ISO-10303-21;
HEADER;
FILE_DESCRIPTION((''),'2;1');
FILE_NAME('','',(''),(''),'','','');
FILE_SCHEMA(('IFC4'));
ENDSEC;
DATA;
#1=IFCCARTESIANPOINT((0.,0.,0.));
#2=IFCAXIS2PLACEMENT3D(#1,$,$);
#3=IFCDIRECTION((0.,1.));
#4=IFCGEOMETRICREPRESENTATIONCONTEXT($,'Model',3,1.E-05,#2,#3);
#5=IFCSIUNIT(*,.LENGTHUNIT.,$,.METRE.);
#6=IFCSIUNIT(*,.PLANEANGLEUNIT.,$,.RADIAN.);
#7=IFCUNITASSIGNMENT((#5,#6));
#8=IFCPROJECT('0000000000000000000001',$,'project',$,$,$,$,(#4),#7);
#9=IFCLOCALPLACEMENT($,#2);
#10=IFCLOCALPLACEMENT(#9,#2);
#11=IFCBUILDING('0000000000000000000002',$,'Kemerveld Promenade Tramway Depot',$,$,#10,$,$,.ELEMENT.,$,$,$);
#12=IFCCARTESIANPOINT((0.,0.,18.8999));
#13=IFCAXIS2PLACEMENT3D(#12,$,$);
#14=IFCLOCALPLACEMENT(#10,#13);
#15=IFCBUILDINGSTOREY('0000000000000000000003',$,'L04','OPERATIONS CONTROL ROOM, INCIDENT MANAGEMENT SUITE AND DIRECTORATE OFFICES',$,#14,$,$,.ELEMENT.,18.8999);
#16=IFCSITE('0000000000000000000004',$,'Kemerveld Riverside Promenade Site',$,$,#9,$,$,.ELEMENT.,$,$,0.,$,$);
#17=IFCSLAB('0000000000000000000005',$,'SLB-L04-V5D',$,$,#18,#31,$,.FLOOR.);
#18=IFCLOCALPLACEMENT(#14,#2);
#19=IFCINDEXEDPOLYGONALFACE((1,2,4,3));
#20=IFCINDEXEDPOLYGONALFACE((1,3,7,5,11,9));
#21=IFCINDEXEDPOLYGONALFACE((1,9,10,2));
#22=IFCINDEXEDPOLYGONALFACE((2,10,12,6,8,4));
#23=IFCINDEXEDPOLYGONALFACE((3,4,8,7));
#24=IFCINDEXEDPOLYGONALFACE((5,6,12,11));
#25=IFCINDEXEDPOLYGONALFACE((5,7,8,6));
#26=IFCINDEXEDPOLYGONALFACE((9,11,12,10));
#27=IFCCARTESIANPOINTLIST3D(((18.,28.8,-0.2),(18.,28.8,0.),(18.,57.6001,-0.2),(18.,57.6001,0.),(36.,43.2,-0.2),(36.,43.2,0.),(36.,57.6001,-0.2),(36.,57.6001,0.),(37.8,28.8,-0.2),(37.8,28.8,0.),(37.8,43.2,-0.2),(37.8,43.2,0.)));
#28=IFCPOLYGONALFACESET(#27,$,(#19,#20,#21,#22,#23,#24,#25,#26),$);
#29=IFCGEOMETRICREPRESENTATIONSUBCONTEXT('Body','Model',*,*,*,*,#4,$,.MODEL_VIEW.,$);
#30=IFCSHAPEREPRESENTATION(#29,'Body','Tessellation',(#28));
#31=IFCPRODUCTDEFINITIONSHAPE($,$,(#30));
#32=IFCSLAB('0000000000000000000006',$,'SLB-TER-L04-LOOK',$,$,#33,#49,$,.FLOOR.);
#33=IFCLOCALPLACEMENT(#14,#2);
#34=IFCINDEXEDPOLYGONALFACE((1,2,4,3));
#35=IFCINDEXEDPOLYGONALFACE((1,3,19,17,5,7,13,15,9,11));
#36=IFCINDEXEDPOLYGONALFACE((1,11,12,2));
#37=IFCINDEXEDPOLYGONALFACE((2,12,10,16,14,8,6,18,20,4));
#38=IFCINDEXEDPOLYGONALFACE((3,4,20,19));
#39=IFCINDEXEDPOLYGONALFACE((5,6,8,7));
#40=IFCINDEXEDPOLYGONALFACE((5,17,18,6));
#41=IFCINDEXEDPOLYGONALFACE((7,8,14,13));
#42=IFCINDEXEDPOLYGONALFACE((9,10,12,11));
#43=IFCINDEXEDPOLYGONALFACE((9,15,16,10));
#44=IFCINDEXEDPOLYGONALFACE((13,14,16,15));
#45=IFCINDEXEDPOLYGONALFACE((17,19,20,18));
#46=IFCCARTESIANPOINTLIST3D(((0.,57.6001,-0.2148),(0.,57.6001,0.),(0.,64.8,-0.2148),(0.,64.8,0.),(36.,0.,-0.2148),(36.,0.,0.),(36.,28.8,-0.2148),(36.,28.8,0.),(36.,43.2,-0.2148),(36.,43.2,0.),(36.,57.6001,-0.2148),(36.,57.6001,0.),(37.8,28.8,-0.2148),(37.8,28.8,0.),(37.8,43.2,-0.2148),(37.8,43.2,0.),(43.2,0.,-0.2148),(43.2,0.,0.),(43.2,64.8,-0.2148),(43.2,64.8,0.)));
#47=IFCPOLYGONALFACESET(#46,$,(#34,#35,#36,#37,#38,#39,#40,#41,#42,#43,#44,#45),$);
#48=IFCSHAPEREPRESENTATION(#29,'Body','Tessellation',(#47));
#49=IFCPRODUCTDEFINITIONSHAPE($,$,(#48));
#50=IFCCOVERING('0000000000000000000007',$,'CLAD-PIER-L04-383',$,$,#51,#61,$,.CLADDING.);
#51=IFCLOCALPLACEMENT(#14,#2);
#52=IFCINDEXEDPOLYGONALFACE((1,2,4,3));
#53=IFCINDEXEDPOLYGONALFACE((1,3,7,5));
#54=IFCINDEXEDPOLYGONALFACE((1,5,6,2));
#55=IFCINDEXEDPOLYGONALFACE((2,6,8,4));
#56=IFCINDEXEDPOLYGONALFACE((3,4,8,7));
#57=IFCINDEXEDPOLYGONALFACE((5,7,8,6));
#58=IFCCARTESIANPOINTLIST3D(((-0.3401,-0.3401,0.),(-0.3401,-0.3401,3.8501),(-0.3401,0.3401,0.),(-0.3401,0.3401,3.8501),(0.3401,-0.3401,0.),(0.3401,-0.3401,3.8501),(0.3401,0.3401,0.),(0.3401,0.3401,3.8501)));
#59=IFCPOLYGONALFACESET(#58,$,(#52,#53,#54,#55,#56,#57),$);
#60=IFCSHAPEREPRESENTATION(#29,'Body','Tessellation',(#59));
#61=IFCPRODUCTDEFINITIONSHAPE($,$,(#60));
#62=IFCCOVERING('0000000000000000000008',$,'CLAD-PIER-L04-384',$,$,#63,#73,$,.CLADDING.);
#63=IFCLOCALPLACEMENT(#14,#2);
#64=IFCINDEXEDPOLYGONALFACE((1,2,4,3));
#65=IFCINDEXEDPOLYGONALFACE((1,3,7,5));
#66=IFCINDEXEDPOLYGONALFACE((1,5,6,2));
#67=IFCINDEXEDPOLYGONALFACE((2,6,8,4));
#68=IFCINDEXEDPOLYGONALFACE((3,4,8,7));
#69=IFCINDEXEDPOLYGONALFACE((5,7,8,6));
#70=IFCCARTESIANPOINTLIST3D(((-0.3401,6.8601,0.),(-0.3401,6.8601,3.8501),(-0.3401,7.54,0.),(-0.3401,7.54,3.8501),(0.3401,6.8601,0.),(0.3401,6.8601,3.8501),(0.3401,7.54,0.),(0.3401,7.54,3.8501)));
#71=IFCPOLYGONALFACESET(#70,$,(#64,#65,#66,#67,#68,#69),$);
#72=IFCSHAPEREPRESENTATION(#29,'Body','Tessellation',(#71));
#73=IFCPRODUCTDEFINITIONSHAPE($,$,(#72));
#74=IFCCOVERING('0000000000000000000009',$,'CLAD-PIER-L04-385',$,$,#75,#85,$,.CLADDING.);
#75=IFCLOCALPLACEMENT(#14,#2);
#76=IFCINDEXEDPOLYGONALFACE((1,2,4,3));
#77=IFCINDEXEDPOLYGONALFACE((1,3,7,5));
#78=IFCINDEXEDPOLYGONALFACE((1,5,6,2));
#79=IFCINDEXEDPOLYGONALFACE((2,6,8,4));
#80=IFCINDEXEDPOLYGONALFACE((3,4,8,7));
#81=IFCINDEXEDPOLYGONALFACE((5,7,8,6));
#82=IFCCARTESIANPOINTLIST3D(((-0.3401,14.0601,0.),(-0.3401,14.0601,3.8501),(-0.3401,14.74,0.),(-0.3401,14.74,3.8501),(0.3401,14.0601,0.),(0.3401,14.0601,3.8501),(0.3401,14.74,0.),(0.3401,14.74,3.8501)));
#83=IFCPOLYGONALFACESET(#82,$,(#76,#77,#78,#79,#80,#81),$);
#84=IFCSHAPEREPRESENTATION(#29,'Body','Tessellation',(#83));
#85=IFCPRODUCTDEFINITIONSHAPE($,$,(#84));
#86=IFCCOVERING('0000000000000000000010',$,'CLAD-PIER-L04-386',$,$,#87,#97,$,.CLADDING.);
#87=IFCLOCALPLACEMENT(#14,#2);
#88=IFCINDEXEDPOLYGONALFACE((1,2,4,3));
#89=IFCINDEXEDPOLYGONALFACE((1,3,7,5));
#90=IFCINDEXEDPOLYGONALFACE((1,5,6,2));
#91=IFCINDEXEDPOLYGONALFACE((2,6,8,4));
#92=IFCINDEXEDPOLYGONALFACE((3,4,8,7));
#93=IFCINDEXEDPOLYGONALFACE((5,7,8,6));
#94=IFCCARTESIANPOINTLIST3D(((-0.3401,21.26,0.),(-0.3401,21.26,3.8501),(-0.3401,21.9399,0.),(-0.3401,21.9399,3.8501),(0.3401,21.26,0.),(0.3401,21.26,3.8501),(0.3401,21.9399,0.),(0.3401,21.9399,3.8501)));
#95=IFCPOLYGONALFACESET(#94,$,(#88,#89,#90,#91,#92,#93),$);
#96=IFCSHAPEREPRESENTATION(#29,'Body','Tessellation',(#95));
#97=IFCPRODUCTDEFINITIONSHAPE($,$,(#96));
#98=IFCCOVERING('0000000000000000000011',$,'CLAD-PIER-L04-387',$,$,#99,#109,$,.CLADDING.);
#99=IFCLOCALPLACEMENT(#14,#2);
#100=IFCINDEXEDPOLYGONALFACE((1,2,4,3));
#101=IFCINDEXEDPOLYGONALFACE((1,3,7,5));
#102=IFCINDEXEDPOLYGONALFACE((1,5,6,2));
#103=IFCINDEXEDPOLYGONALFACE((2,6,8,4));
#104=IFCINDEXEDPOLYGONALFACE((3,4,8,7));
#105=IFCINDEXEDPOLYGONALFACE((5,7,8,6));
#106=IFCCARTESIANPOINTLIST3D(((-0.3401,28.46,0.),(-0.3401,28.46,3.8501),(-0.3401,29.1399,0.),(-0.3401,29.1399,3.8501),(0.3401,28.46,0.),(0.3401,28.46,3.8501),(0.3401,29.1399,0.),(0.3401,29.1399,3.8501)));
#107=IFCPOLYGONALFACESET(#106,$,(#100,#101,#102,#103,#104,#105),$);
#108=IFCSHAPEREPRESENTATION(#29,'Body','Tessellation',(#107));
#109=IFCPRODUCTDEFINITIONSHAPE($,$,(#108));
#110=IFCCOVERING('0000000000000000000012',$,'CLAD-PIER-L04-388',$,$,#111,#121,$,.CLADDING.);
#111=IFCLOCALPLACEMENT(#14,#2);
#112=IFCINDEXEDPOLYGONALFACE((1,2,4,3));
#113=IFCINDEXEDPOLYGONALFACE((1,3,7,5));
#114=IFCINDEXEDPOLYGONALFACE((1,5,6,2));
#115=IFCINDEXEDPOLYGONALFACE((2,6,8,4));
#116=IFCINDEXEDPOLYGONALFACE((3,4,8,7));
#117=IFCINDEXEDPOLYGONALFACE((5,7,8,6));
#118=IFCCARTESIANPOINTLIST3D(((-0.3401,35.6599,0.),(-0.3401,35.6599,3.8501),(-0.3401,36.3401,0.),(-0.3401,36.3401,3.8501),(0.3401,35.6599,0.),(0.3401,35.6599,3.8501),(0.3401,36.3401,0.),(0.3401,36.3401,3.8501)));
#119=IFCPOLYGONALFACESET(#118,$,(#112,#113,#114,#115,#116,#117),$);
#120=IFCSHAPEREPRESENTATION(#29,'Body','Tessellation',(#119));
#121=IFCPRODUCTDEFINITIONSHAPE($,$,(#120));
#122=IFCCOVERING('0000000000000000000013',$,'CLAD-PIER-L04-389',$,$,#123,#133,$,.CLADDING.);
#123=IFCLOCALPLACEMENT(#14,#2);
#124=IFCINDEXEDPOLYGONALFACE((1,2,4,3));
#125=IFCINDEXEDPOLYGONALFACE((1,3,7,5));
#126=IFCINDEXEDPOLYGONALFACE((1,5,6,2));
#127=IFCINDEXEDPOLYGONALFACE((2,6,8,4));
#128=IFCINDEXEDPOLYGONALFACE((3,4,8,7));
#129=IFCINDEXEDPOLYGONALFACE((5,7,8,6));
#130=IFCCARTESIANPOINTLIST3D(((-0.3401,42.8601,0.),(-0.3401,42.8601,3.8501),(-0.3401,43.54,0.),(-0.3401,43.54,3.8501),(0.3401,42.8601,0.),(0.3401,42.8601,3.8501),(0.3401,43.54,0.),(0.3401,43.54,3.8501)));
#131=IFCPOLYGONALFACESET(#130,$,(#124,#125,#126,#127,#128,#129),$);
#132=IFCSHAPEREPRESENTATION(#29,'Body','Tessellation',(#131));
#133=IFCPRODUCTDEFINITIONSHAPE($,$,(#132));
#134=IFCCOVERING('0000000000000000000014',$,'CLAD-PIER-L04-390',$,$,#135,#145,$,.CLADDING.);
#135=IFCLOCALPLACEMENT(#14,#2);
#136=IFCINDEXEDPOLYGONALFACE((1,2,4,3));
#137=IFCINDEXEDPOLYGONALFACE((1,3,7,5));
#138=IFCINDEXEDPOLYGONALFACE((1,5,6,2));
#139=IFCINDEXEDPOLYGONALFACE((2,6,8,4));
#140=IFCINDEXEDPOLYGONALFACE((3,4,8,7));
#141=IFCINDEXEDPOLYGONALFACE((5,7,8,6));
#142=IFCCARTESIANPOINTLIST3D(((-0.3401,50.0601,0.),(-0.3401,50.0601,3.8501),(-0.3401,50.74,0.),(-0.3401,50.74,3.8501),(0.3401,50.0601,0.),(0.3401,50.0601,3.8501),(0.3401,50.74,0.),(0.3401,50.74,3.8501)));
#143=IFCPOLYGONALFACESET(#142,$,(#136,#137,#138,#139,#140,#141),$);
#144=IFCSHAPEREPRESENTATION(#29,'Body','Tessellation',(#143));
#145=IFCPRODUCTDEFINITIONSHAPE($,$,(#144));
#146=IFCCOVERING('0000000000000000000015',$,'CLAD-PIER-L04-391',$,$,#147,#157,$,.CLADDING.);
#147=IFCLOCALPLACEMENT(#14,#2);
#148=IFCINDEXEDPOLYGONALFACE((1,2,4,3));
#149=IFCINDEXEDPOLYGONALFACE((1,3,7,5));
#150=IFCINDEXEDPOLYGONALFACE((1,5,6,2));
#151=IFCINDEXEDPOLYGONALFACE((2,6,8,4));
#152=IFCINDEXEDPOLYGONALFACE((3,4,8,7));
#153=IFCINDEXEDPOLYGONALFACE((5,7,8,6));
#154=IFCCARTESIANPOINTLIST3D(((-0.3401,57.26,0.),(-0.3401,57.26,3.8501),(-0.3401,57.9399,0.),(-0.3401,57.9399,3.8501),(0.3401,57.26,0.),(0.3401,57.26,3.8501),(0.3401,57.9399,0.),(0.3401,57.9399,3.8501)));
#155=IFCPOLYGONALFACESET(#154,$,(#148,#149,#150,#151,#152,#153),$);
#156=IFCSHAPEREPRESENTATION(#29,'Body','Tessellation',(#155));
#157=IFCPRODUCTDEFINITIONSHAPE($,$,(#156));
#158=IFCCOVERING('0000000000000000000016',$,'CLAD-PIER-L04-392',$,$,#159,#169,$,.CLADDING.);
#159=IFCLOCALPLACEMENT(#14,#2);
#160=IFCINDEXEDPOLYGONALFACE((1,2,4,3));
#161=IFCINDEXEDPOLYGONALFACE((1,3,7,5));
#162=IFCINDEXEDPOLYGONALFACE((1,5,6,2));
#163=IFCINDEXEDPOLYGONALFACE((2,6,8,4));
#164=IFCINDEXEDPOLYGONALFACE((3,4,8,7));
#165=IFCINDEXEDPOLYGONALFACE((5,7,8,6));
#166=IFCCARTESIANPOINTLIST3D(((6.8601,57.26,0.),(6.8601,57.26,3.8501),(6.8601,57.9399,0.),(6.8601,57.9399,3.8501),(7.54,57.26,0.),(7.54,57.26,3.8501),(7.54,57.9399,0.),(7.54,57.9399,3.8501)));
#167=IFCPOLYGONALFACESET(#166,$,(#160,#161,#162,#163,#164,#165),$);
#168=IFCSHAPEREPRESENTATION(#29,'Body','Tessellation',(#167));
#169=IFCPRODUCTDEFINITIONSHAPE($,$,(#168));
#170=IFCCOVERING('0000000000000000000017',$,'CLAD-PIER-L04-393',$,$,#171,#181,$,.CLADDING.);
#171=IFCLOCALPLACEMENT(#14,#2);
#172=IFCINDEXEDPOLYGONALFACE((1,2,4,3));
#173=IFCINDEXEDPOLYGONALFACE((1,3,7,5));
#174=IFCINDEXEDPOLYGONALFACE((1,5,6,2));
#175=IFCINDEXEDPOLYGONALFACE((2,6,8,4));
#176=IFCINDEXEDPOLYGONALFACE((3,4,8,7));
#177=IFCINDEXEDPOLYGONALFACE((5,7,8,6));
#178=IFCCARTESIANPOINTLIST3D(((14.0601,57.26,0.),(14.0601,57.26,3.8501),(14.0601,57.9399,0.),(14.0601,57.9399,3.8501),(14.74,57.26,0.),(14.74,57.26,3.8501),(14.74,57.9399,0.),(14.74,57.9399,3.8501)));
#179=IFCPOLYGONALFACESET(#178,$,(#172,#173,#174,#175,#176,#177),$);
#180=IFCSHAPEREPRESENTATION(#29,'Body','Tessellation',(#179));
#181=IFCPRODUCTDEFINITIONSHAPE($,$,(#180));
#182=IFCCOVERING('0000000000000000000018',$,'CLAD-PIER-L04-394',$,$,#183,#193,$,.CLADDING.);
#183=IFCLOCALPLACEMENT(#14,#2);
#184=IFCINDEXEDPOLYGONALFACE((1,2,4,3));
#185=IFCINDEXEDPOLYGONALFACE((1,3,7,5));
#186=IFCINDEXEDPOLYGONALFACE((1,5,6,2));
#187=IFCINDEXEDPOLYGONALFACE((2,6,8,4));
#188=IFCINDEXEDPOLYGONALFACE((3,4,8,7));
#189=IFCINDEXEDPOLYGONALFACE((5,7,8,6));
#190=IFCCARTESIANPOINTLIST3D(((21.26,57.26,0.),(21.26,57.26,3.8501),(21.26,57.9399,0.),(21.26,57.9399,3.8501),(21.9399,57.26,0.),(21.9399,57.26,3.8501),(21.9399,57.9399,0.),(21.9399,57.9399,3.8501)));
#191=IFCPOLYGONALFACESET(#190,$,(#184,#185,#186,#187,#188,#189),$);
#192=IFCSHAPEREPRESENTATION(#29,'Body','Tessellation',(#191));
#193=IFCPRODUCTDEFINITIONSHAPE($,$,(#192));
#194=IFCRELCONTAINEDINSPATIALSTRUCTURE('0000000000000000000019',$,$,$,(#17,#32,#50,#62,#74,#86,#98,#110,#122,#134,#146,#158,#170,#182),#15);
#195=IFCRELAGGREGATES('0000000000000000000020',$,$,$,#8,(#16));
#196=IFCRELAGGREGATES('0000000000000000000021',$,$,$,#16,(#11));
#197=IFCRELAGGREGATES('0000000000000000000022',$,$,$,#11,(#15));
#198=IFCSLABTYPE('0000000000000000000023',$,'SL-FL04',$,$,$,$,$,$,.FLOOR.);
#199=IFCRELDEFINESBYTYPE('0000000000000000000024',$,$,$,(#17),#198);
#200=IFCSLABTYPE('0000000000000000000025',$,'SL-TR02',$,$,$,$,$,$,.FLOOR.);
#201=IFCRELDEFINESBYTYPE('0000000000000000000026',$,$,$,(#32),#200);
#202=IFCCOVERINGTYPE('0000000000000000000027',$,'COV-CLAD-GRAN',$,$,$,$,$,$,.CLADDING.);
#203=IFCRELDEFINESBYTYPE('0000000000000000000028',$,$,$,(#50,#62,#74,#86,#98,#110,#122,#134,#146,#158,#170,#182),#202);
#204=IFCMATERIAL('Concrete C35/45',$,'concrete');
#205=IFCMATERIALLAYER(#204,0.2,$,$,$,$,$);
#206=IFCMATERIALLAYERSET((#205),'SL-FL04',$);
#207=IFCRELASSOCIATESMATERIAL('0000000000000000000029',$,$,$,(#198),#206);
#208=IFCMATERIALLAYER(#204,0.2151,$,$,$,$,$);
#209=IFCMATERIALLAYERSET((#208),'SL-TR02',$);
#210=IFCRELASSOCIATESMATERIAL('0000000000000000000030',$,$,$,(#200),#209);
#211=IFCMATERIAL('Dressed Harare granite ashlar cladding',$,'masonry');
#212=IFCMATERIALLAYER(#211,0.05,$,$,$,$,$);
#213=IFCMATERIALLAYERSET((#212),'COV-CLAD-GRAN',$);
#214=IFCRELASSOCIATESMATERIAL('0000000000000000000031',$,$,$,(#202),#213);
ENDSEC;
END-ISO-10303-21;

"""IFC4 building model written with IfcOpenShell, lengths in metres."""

from ifc_helpers import new_model, si_unit, direction, frame, origin, place, context, subcontext, project, spatial, polyline, outline, extrude, material, layer, layer_set, type_object, element, save


model = new_model("IFC4")

# Units and contexts
model_context = context("Model", 3, precision=1e-05, world=origin(), true_north=direction((0.0, 1.0)))
body_context = subcontext(model_context, "Body", "Model", "MODEL_VIEW")
ifc_project = project(units=[si_unit("LENGTHUNIT", "METRE"), si_unit("PLANEANGLEUNIT", "RADIAN")], contexts=[model_context])

# Site, building, storey
site_placement = place(None, origin())
site = spatial("IfcSite", under=ifc_project, at=site_placement, Name="Kemerveld Riverside Promenade Site", CompositionType="ELEMENT", RefElevation=0.0)
building_placement = place(site_placement, origin())
building = spatial("IfcBuilding", under=site, at=building_placement, Name="Kemerveld Promenade Tramway Depot", CompositionType="ELEMENT")
storey_placement = place(building_placement, frame((0.0, 0.0, 18.8999)))
storey = spatial("IfcBuildingStorey", under=building, at=storey_placement, Name="L04", Description="OPERATIONS CONTROL ROOM, INCIDENT MANAGEMENT SUITE AND DIRECTORATE OFFICES", CompositionType="ELEMENT", Elevation=18.8999)

# Slabs
ifc_material_1 = material(Name="Concrete C35/45", Category="concrete")
ifc_layer_1 = layer(ifc_material_1, 0.2)
ifc_layer_set_1 = layer_set([ifc_layer_1], Name="SL-FL04")
slab_type_1 = type_object("IfcSlabType", Name="SL-FL04", PredefinedType="FLOOR", material=ifc_layer_set_1)
slab_1_placement = place(storey_placement, frame((0.0, 0.0, -0.2)))
element("IfcSlab", 1, at=slab_1_placement, inside=storey, type_object=slab_type_1, Name="SLB-L04-V5D", PredefinedType="FLOOR", context=body_context, shape_type="SweptSolid", body=[
    extrude(outline(polyline([(18.0, 28.8), (37.8, 28.8), (37.8, 43.2), (36.0, 43.2), (36.0, 57.6001), (18.0, 57.6001), (18.0, 28.8)])), origin(), (0.0, 0.0, 1.0), 0.2),
])
ifc_layer_2 = layer(ifc_material_1, 0.2151)
ifc_layer_set_2 = layer_set([ifc_layer_2], Name="SL-TR02")
slab_type_2 = type_object("IfcSlabType", Name="SL-TR02", PredefinedType="FLOOR", material=ifc_layer_set_2)
slab_2_placement = place(storey_placement, frame((0.0, 0.0, -0.2148)))
element("IfcSlab", 2, at=slab_2_placement, inside=storey, type_object=slab_type_2, Name="SLB-TER-L04-LOOK", PredefinedType="FLOOR", context=body_context, shape_type="SweptSolid", body=[
    extrude(outline(polyline([(36.0, 0.0), (43.2, 0.0), (43.2, 64.8), (0.0, 64.8), (0.0, 57.6001), (36.0, 57.6001), (36.0, 43.2), (37.8, 43.2), (37.8, 28.8), (36.0, 28.8), (36.0, 0.0)])), origin(), (0.0, 0.0, 1.0), 0.2148),
])

# Coverings
ifc_material_2 = material(Name="Dressed Harare granite ashlar cladding", Category="masonry")
ifc_layer_3 = layer(ifc_material_2, 0.05)
ifc_layer_set_3 = layer_set([ifc_layer_3], Name="COV-CLAD-GRAN")
covering_type = type_object("IfcCoveringType", Name="COV-CLAD-GRAN", PredefinedType="CLADDING", material=ifc_layer_set_3)
covering_1_placement = place(storey_placement, origin())
element("IfcCovering", 3, at=covering_1_placement, inside=storey, type_object=covering_type, Name="CLAD-PIER-L04-383", PredefinedType="CLADDING", context=body_context, shape_type="SweptSolid", body=[
    extrude(outline(polyline([(-0.3401, -0.3401), (0.3401, -0.3401), (0.3401, 0.3401), (-0.3401, 0.3401), (-0.3401, -0.3401)])), origin(), (0.0, 0.0, 1.0), 3.8501),
])
covering_2_placement = place(storey_placement, origin())
element("IfcCovering", 4, at=covering_2_placement, inside=storey, type_object=covering_type, Name="CLAD-PIER-L04-384", PredefinedType="CLADDING", context=body_context, shape_type="SweptSolid", body=[
    extrude(outline(polyline([(-0.3401, 6.8601), (0.3401, 6.8601), (0.3401, 7.54), (-0.3401, 7.54), (-0.3401, 6.8601)])), origin(), (0.0, 0.0, 1.0), 3.8501),
])
covering_3_placement = place(storey_placement, origin())
element("IfcCovering", 5, at=covering_3_placement, inside=storey, type_object=covering_type, Name="CLAD-PIER-L04-385", PredefinedType="CLADDING", context=body_context, shape_type="SweptSolid", body=[
    extrude(outline(polyline([(-0.3401, 14.0601), (0.3401, 14.0601), (0.3401, 14.74), (-0.3401, 14.74), (-0.3401, 14.0601)])), origin(), (0.0, 0.0, 1.0), 3.8501),
])
covering_4_placement = place(storey_placement, origin())
element("IfcCovering", 6, at=covering_4_placement, inside=storey, type_object=covering_type, Name="CLAD-PIER-L04-386", PredefinedType="CLADDING", context=body_context, shape_type="SweptSolid", body=[
    extrude(outline(polyline([(-0.3401, 21.26), (0.3401, 21.26), (0.3401, 21.9399), (-0.3401, 21.9399), (-0.3401, 21.26)])), origin(), (0.0, 0.0, 1.0), 3.8501),
])
covering_5_placement = place(storey_placement, origin())
element("IfcCovering", 7, at=covering_5_placement, inside=storey, type_object=covering_type, Name="CLAD-PIER-L04-387", PredefinedType="CLADDING", context=body_context, shape_type="SweptSolid", body=[
    extrude(outline(polyline([(-0.3401, 28.46), (0.3401, 28.46), (0.3401, 29.1399), (-0.3401, 29.1399), (-0.3401, 28.46)])), origin(), (0.0, 0.0, 1.0), 3.8501),
])
covering_6_placement = place(storey_placement, origin())
element("IfcCovering", 8, at=covering_6_placement, inside=storey, type_object=covering_type, Name="CLAD-PIER-L04-388", PredefinedType="CLADDING", context=body_context, shape_type="SweptSolid", body=[
    extrude(outline(polyline([(-0.3401, 35.6599), (0.3401, 35.6599), (0.3401, 36.3401), (-0.3401, 36.3401), (-0.3401, 35.6599)])), origin(), (0.0, 0.0, 1.0), 3.8501),
])
covering_7_placement = place(storey_placement, origin())
element("IfcCovering", 9, at=covering_7_placement, inside=storey, type_object=covering_type, Name="CLAD-PIER-L04-389", PredefinedType="CLADDING", context=body_context, shape_type="SweptSolid", body=[
    extrude(outline(polyline([(-0.3401, 42.8601), (0.3401, 42.8601), (0.3401, 43.54), (-0.3401, 43.54), (-0.3401, 42.8601)])), origin(), (0.0, 0.0, 1.0), 3.8501),
])
covering_8_placement = place(storey_placement, origin())
element("IfcCovering", 10, at=covering_8_placement, inside=storey, type_object=covering_type, Name="CLAD-PIER-L04-390", PredefinedType="CLADDING", context=body_context, shape_type="SweptSolid", body=[
    extrude(outline(polyline([(-0.3401, 50.0601), (0.3401, 50.0601), (0.3401, 50.74), (-0.3401, 50.74), (-0.3401, 50.0601)])), origin(), (0.0, 0.0, 1.0), 3.8501),
])
covering_9_placement = place(storey_placement, origin())
element("IfcCovering", 11, at=covering_9_placement, inside=storey, type_object=covering_type, Name="CLAD-PIER-L04-391", PredefinedType="CLADDING", context=body_context, shape_type="SweptSolid", body=[
    extrude(outline(polyline([(-0.3401, 57.26), (0.3401, 57.26), (0.3401, 57.9399), (-0.3401, 57.9399), (-0.3401, 57.26)])), origin(), (0.0, 0.0, 1.0), 3.8501),
])
covering_10_placement = place(storey_placement, origin())
element("IfcCovering", 12, at=covering_10_placement, inside=storey, type_object=covering_type, Name="CLAD-PIER-L04-392", PredefinedType="CLADDING", context=body_context, shape_type="SweptSolid", body=[
    extrude(outline(polyline([(6.8601, 57.26), (7.54, 57.26), (7.54, 57.9399), (6.8601, 57.9399), (6.8601, 57.26)])), origin(), (0.0, 0.0, 1.0), 3.8501),
])
covering_11_placement = place(storey_placement, origin())
element("IfcCovering", 13, at=covering_11_placement, inside=storey, type_object=covering_type, Name="CLAD-PIER-L04-393", PredefinedType="CLADDING", context=body_context, shape_type="SweptSolid", body=[
    extrude(outline(polyline([(14.0601, 57.26), (14.74, 57.26), (14.74, 57.9399), (14.0601, 57.9399), (14.0601, 57.26)])), origin(), (0.0, 0.0, 1.0), 3.8501),
])
covering_12_placement = place(storey_placement, origin())
element("IfcCovering", 14, at=covering_12_placement, inside=storey, type_object=covering_type, Name="CLAD-PIER-L04-394", PredefinedType="CLADDING", context=body_context, shape_type="SweptSolid", body=[
    extrude(outline(polyline([(21.26, 57.26), (21.9399, 57.26), (21.9399, 57.9399), (21.26, 57.9399), (21.26, 57.26)])), origin(), (0.0, 0.0, 1.0), 3.8501),
])

save(model, "model.ifc")
